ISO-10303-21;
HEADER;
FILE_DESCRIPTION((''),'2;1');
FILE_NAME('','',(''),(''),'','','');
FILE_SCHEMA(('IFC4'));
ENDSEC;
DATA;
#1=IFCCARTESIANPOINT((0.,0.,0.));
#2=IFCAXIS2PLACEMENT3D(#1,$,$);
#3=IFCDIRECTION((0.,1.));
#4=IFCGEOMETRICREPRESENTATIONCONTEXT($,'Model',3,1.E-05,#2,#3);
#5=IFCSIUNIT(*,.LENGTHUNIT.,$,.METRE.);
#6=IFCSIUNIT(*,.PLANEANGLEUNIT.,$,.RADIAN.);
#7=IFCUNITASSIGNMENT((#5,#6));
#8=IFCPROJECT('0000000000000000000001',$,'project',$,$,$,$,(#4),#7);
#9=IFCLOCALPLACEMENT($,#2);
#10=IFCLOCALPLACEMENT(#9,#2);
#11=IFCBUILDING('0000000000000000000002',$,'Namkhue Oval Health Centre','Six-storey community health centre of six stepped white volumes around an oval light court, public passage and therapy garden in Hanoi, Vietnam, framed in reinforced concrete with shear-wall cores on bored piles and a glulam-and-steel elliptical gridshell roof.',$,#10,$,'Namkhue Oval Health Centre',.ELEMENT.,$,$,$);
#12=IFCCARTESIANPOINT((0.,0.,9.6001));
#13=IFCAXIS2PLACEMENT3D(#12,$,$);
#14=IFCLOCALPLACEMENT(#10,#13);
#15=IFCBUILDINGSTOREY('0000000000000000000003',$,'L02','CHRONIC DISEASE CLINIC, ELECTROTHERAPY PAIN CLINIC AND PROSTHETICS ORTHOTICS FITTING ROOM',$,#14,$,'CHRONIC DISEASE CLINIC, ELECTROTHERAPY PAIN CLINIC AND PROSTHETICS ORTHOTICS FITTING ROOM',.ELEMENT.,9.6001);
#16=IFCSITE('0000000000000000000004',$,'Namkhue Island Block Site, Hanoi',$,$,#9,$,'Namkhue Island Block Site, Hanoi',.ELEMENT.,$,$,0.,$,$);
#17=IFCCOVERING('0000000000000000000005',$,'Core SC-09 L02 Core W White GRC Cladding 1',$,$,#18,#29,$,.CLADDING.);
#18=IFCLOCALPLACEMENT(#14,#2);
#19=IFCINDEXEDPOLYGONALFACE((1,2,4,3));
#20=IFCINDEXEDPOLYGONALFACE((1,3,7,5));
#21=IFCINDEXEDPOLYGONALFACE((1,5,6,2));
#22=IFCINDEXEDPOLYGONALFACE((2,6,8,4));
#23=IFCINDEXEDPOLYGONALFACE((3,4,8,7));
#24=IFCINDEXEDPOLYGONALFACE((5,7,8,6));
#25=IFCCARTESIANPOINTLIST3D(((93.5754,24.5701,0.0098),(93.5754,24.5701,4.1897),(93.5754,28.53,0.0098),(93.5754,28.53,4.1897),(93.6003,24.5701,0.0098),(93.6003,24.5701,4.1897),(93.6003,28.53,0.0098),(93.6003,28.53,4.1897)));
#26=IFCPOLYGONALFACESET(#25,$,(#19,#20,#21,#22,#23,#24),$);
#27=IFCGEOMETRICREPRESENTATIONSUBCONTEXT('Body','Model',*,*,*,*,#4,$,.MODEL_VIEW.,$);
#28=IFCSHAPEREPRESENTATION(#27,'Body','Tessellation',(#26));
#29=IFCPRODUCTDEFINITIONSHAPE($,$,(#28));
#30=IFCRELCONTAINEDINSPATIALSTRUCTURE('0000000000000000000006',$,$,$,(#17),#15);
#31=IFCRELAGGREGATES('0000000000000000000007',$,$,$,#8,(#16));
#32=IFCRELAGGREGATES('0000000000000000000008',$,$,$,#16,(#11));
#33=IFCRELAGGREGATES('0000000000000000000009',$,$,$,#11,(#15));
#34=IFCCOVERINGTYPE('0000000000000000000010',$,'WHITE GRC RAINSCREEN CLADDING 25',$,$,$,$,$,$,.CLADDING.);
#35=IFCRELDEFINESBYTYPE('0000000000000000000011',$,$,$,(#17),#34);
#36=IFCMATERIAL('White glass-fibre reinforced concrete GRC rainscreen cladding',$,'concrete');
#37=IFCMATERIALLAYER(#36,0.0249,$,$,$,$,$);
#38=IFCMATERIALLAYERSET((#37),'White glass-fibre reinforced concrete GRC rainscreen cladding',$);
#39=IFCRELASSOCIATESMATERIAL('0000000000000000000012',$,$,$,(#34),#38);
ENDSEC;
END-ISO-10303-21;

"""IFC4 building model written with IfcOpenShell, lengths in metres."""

from ifc_helpers import new_model, si_unit, direction, frame, origin, origin_2d, place, context, subcontext, project, spatial, rectangle, extrude, material, layer, layer_set, type_object, element, save


model = new_model("IFC4")

# Units and contexts
model_context = context("Model", 3, precision=1e-05, world=origin(), true_north=direction((0.0, 1.0)))
body_context = subcontext(model_context, "Body", "Model", "MODEL_VIEW")
ifc_project = project(units=[si_unit("LENGTHUNIT", "METRE"), si_unit("PLANEANGLEUNIT", "RADIAN")], contexts=[model_context])

# Site, building, storey
site_placement = place(None, origin())
site = spatial("IfcSite", under=ifc_project, at=site_placement, Name="Namkhue Island Block Site, Hanoi", LongName="Namkhue Island Block Site, Hanoi", CompositionType="ELEMENT", RefElevation=0.0)
building_placement = place(site_placement, origin())
building = spatial("IfcBuilding", under=site, at=building_placement, Name="Namkhue Oval Health Centre", Description="Six-storey community health centre of six stepped white volumes around an oval light court, public passage and therapy garden in Hanoi, Vietnam, framed in reinforced concrete with shear-wall cores on bored piles and a glulam-and-steel elliptical gridshell roof.", LongName="Namkhue Oval Health Centre", CompositionType="ELEMENT")
storey_placement = place(building_placement, frame((0.0, 0.0, 9.6001)))
storey = spatial("IfcBuildingStorey", under=building, at=storey_placement, Name="L02", Description="CHRONIC DISEASE CLINIC, ELECTROTHERAPY PAIN CLINIC AND PROSTHETICS ORTHOTICS FITTING ROOM", LongName="CHRONIC DISEASE CLINIC, ELECTROTHERAPY PAIN CLINIC AND PROSTHETICS ORTHOTICS FITTING ROOM", CompositionType="ELEMENT", Elevation=9.6001)

# Covering
ifc_material_1 = material(Name="White glass-fibre reinforced concrete GRC rainscreen cladding", Category="concrete")
ifc_layer_1 = layer(ifc_material_1, 0.0249)
ifc_layer_set_1 = layer_set([ifc_layer_1], Name="White glass-fibre reinforced concrete GRC rainscreen cladding")
covering_type = type_object("IfcCoveringType", Name="WHITE GRC RAINSCREEN CLADDING 25", PredefinedType="CLADDING", material=ifc_layer_set_1)
for number, where, z_axis, x_axis, name in (
    (1, (93.5879, 26.55, 0.0098), (0.0, 0.0, 1.0), (0.0, -1.0, 0.0), "Core SC-09 L02 Core W White GRC Cladding 1"),
):
    element("IfcCovering", number, at=place(storey_placement, frame(where, z_axis=z_axis, x_axis=x_axis)), inside=storey, type_object=covering_type, Name=name, PredefinedType="CLADDING", context=body_context, shape_type="SweptSolid", body=[
        extrude(rectangle(XDim=3.96, YDim=0.0249, at=origin_2d()), origin(), (0.0, 0.0, 1.0), 4.1799),
    ])

save(model, "model.ifc")
